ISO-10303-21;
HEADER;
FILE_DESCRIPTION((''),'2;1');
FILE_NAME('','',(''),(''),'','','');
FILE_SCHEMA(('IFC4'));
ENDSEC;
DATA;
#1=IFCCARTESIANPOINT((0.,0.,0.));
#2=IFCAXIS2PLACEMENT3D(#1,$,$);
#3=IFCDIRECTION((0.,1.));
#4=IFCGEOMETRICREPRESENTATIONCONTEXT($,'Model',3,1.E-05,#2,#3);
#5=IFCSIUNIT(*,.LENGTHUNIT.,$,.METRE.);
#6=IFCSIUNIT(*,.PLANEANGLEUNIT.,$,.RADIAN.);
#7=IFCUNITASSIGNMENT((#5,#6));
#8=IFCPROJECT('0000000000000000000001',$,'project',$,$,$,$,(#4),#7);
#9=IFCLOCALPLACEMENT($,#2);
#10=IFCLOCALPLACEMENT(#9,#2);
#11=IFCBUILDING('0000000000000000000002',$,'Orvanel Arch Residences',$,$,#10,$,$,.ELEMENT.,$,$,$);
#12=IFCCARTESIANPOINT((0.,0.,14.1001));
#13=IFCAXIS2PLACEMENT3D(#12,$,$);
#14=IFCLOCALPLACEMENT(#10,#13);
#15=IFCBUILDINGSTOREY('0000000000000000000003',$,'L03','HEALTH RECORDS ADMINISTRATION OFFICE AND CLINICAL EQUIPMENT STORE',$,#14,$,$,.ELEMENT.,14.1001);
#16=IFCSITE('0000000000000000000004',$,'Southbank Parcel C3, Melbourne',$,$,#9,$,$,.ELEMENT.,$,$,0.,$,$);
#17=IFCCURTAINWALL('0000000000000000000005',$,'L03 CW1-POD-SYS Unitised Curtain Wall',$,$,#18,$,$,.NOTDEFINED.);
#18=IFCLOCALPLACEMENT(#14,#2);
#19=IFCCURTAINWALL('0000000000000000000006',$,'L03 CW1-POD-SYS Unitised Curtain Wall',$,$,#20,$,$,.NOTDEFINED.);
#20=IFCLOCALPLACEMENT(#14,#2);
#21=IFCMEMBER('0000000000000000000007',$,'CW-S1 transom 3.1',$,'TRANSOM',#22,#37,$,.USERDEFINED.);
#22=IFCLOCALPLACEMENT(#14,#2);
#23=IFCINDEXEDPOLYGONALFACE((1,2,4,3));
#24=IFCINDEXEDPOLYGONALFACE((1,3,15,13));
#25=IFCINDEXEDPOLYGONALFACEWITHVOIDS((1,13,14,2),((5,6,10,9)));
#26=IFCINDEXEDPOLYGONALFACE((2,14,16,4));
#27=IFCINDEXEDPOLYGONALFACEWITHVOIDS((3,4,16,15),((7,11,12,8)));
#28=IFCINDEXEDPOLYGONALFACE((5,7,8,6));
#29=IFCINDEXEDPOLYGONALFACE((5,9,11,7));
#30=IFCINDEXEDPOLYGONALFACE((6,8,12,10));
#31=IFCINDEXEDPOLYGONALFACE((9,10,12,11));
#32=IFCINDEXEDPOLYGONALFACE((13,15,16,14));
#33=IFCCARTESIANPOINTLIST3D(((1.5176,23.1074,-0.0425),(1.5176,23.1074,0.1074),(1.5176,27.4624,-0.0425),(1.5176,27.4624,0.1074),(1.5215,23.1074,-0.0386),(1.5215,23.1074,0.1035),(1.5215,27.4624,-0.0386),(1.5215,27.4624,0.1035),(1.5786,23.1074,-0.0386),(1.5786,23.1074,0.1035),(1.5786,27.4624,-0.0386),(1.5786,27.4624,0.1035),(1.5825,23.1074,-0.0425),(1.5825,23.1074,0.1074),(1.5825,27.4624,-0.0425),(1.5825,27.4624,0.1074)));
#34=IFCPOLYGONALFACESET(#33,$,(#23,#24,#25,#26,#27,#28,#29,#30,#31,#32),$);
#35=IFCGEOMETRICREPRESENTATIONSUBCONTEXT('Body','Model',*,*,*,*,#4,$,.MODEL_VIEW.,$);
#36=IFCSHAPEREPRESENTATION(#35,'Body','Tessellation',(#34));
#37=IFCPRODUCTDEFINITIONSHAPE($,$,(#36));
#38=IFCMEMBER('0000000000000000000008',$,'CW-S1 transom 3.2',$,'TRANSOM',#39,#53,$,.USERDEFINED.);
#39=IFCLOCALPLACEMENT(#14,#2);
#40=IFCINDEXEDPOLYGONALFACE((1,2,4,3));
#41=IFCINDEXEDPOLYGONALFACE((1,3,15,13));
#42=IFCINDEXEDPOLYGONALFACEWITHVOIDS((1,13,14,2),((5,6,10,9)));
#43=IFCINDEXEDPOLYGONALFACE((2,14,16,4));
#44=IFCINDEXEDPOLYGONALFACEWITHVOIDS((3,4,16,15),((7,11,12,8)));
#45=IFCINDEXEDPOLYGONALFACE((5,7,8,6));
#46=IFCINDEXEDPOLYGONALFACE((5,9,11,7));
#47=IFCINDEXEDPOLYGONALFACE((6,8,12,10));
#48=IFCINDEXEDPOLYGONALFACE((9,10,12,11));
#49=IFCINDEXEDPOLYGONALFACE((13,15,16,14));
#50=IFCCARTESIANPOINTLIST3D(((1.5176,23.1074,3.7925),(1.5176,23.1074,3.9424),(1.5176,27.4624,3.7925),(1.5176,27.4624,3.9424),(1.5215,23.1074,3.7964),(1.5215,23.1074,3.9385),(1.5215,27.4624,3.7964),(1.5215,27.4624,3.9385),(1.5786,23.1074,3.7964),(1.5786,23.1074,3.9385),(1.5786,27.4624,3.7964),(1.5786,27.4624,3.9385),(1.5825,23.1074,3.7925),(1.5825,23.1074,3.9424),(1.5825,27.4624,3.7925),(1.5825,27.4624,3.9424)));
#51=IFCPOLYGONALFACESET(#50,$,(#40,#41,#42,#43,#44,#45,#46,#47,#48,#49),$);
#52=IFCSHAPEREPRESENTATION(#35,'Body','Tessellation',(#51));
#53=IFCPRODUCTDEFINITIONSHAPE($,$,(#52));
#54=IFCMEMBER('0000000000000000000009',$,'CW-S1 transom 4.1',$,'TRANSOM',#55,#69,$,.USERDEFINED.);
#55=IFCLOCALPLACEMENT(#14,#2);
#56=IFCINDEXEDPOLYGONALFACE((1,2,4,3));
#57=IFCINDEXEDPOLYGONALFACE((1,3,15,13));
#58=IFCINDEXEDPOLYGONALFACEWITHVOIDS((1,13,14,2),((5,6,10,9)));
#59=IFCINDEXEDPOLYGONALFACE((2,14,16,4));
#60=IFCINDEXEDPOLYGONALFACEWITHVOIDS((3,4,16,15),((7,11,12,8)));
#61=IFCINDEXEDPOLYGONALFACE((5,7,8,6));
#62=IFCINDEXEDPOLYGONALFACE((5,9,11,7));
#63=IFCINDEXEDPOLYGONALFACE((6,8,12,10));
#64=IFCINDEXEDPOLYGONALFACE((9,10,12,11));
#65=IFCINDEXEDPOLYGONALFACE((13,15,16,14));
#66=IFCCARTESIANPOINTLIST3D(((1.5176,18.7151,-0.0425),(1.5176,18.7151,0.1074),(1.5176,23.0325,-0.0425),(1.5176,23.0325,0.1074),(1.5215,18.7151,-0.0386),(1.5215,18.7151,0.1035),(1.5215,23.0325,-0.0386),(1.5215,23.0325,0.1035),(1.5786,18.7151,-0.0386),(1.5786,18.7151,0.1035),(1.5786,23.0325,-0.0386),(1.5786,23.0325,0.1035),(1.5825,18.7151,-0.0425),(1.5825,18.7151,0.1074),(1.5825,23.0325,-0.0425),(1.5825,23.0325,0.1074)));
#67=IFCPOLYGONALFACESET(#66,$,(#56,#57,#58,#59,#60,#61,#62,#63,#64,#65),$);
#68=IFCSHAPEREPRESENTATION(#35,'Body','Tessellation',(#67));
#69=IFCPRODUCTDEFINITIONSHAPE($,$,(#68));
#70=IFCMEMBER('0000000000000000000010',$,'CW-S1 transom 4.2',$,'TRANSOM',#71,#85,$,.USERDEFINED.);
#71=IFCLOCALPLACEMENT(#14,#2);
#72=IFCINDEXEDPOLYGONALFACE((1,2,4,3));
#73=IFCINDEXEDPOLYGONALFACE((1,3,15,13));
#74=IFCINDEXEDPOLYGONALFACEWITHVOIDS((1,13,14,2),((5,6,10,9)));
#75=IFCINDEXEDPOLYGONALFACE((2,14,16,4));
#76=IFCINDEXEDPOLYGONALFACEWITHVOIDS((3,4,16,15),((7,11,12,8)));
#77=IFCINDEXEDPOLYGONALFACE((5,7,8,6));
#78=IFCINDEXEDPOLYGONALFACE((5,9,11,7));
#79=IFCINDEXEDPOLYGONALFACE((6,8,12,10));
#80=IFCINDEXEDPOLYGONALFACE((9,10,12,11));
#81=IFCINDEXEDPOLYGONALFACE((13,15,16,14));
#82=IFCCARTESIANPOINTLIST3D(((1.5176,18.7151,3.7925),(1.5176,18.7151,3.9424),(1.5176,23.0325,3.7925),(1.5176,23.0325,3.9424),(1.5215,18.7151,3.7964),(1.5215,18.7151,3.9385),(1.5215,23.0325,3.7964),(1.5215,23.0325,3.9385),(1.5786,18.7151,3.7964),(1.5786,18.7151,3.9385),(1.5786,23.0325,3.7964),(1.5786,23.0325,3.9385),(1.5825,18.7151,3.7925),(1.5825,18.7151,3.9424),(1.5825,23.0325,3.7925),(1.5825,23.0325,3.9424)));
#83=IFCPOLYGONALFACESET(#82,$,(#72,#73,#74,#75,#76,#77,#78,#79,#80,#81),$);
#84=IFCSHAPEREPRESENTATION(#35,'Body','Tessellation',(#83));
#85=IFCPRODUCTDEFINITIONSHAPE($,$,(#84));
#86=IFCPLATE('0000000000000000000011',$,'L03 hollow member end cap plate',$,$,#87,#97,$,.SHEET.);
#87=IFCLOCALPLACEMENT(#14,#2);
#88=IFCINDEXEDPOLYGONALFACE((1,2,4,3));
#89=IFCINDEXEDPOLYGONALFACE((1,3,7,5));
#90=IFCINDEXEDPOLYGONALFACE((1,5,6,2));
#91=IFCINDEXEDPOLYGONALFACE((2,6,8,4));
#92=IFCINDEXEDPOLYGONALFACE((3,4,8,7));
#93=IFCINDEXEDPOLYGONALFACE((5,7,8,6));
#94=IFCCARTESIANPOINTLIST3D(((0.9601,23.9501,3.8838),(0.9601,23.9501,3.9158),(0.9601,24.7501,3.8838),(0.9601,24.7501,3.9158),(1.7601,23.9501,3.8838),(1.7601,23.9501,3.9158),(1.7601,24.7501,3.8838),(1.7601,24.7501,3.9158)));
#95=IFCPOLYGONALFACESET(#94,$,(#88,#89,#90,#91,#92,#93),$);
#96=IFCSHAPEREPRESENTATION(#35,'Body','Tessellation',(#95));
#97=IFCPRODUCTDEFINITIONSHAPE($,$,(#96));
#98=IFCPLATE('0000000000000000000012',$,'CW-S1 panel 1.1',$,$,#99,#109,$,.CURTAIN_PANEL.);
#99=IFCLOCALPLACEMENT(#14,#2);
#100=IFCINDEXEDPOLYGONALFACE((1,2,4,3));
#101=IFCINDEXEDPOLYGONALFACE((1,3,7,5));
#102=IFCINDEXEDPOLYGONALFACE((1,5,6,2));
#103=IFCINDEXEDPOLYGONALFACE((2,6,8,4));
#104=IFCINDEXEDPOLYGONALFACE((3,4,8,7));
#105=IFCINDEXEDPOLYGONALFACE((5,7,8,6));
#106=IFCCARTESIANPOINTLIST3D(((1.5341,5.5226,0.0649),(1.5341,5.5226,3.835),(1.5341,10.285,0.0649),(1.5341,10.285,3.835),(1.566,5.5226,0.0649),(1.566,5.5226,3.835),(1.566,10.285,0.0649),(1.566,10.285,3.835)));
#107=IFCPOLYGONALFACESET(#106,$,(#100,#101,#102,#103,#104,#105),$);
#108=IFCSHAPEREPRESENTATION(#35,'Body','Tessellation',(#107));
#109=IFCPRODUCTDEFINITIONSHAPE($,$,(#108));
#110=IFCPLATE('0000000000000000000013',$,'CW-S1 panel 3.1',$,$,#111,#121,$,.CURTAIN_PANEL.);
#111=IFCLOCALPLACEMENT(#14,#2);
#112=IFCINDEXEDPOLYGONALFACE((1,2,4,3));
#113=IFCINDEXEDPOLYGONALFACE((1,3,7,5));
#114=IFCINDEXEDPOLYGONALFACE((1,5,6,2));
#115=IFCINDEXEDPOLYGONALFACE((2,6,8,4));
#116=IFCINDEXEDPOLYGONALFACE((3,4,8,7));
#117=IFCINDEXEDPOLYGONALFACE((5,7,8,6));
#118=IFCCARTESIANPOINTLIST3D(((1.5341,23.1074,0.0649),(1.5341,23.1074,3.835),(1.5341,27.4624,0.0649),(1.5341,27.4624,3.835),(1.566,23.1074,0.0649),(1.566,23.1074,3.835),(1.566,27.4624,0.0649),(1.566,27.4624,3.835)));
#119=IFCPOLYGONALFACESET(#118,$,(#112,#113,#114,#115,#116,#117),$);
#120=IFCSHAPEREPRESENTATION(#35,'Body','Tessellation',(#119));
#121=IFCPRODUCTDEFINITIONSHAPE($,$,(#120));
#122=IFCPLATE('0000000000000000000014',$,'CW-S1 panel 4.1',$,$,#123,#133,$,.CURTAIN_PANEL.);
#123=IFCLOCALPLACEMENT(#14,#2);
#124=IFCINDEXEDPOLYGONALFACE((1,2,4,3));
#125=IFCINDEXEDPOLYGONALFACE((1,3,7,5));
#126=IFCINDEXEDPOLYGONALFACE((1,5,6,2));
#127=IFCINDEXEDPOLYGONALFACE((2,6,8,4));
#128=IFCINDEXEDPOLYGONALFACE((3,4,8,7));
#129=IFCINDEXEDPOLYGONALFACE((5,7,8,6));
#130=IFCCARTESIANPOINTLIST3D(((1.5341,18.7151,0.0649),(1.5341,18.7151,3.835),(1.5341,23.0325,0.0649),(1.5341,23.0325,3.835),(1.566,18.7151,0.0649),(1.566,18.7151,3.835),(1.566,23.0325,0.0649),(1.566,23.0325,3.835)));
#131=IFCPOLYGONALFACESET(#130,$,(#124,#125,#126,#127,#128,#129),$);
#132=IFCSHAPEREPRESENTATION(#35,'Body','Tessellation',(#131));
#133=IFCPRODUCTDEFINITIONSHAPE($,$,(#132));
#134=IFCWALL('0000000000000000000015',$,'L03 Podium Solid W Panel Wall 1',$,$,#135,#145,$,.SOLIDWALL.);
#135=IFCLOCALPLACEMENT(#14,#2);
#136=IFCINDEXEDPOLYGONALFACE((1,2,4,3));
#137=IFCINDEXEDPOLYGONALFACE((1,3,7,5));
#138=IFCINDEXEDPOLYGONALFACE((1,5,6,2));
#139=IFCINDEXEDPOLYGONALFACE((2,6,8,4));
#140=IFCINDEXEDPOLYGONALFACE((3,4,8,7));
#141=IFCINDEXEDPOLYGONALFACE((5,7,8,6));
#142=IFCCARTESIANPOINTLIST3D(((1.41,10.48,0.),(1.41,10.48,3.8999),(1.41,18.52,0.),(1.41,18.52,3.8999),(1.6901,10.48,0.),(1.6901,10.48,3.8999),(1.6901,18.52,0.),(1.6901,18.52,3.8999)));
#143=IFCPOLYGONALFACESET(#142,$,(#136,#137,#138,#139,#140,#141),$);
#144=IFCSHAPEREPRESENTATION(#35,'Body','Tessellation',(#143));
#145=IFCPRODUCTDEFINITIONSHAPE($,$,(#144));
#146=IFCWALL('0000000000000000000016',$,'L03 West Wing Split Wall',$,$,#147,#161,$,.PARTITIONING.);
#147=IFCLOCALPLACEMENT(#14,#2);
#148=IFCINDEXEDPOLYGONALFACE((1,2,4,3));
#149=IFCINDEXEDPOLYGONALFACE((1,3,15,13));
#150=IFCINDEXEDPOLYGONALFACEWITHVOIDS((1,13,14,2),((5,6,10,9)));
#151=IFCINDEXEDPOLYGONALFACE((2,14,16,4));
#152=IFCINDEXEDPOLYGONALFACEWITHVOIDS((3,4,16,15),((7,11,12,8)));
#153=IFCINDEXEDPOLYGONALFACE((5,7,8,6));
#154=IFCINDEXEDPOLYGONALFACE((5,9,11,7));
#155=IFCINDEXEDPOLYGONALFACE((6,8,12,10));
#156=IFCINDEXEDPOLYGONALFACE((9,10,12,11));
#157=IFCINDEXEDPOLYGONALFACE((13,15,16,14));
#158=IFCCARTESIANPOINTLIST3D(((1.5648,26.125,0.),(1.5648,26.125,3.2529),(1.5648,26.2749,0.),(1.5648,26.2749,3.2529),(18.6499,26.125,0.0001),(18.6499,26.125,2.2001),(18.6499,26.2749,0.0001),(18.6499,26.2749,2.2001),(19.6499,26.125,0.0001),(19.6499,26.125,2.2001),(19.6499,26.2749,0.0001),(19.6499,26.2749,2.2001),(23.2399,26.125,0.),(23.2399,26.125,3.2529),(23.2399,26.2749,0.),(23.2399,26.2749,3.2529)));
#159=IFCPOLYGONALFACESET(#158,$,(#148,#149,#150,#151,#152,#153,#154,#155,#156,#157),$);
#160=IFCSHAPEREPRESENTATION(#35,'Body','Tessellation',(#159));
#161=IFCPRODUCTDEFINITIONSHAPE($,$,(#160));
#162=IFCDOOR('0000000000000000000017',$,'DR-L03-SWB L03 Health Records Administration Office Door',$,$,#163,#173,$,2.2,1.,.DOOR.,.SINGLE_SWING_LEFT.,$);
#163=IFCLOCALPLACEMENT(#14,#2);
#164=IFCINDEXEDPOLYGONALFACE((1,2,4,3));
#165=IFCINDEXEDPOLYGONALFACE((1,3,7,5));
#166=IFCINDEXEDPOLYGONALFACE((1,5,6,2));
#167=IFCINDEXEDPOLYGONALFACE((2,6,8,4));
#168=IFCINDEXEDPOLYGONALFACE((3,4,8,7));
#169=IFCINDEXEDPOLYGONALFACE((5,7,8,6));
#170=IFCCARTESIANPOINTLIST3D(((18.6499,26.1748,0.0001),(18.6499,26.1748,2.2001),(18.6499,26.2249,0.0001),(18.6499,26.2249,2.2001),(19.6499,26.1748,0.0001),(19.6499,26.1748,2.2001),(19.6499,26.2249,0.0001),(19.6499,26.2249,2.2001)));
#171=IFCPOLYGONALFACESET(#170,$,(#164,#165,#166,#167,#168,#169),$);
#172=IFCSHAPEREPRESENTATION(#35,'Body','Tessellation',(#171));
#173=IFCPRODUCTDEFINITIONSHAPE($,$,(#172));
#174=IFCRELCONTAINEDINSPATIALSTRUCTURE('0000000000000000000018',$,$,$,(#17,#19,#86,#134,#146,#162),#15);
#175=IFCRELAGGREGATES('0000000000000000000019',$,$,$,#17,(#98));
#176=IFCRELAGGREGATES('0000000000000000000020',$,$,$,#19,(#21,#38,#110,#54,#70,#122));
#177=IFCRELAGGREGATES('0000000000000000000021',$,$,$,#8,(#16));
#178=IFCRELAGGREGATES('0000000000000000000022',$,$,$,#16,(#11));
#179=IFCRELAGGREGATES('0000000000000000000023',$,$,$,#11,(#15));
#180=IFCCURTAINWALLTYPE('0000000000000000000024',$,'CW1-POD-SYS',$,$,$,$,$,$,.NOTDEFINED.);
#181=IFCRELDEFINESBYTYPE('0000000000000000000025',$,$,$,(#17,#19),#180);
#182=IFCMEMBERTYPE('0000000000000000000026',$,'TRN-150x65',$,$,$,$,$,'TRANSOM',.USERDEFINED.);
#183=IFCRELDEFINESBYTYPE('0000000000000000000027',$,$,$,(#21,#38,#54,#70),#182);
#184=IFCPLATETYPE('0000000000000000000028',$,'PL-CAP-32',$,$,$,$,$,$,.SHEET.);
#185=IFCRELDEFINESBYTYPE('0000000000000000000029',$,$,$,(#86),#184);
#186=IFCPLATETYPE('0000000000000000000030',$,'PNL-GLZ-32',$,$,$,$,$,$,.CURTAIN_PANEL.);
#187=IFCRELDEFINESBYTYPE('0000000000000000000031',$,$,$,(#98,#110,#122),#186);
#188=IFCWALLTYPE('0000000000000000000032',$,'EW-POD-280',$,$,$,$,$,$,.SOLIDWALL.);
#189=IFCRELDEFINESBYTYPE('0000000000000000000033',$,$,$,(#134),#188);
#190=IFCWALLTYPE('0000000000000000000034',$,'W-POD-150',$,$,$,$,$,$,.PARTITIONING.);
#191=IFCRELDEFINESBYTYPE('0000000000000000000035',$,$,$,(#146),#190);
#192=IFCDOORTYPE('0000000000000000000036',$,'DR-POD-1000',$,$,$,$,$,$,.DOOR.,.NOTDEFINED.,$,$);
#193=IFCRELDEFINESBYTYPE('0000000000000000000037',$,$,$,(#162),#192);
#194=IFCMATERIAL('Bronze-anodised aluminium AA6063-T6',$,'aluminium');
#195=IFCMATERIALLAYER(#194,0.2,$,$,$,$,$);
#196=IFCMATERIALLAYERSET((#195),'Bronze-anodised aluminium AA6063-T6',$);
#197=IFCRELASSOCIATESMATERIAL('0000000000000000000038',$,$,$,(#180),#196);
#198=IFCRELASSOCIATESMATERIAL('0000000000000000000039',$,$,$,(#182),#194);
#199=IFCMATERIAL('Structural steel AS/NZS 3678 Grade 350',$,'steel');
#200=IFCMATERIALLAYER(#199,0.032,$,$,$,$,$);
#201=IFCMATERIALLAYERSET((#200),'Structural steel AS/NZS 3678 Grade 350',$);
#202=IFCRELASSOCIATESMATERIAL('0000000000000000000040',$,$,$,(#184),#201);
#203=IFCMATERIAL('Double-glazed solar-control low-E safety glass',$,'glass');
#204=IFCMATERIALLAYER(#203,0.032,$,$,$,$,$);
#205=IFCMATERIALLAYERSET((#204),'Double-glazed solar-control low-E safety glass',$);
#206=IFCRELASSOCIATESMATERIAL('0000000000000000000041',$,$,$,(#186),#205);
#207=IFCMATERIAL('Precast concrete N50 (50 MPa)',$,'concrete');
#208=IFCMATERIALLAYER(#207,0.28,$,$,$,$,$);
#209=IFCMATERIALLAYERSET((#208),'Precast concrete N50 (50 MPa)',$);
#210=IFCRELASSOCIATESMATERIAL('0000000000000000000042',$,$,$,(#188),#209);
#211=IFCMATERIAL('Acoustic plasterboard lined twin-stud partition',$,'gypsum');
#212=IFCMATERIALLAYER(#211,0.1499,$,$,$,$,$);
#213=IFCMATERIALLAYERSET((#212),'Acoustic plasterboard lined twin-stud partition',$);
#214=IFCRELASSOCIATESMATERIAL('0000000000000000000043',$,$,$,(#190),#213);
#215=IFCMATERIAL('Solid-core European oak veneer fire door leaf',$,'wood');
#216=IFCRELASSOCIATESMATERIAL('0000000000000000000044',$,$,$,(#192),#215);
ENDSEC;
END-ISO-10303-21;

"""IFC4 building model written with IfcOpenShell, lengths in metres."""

from ifc_helpers import new_model, si_unit, direction, frame, frame_2d, origin, origin_2d, place, context, subcontext, project, spatial, rectangle, hollow_rectangle, extrude, material, layer, layer_set, material_profile, profile_set, type_object, element, fill, aggregate, save


model = new_model("IFC4")

# Units and contexts
model_context = context("Model", 3, precision=1e-05, world=origin(), true_north=direction((0.0, 1.0)))
body_context = subcontext(model_context, "Body", "Model", "MODEL_VIEW")
ifc_project = project(units=[si_unit("LENGTHUNIT", "METRE"), si_unit("PLANEANGLEUNIT", "RADIAN")], contexts=[model_context])

# Site, building, storey
site_placement = place(None, origin())
site = spatial("IfcSite", under=ifc_project, at=site_placement, Name="Southbank Parcel C3, Melbourne", CompositionType="ELEMENT", RefElevation=0.0)
building_placement = place(site_placement, origin())
building = spatial("IfcBuilding", under=site, at=building_placement, Name="Orvanel Arch Residences", CompositionType="ELEMENT")
storey_placement = place(building_placement, frame((0.0, 0.0, 14.1001)))
storey = spatial("IfcBuildingStorey", under=building, at=storey_placement, Name="L03", Description="HEALTH RECORDS ADMINISTRATION OFFICE AND CLINICAL EQUIPMENT STORE", CompositionType="ELEMENT", Elevation=14.1001)

# Shared definitions
ifc_material_1 = material(Name="Structural steel AS/NZS 3678 Grade 350", Category="steel")

# Curtain walls
ifc_material_2 = material(Name="Bronze-anodised aluminium AA6063-T6", Category="aluminium")
ifc_layer_1 = layer(ifc_material_2, 0.2)
ifc_layer_set_1 = layer_set([ifc_layer_1], Name="Bronze-anodised aluminium AA6063-T6")
curtain_wall_type = type_object("IfcCurtainWallType", Name="CW1-POD-SYS", PredefinedType="NOTDEFINED", material=ifc_layer_set_1)
curtain_wall_1_placement = place(storey_placement, origin())
curtain_wall_1 = element("IfcCurtainWall", 1, at=curtain_wall_1_placement, inside=storey, type_object=curtain_wall_type, Name="L03 CW1-POD-SYS Unitised Curtain Wall", PredefinedType="NOTDEFINED")
curtain_wall_2_placement = place(storey_placement, origin())
curtain_wall_2 = element("IfcCurtainWall", 2, at=curtain_wall_2_placement, inside=storey, type_object=curtain_wall_type, Name="L03 CW1-POD-SYS Unitised Curtain Wall", PredefinedType="NOTDEFINED")

# Members
ifc_material_profile_1 = material_profile(ifc_material_2, hollow_rectangle(XDim=0.0649, YDim=0.1499, WallThickness=0.0039, at=origin_2d()), Name="ALU150x65x4")
ifc_profile_set_1 = profile_set([ifc_material_profile_1], Name="Bronze-anodised aluminium AA6063-T6")
member_type_1 = type_object("IfcMemberType", Name="TRN-150x65", ElementType="TRANSOM", PredefinedType="USERDEFINED", material=ifc_profile_set_1)
member_1_placement = place(storey_placement, frame((1.55, 27.4624, 0.0325), z_axis=(0.0, -1.0, 0.0), x_axis=(1.0, 0.0, 0.0)))
member_1 = element("IfcMember", 3, at=member_1_placement, type_object=member_type_1, Name="CW-S1 transom 3.1", ObjectType="TRANSOM", PredefinedType="USERDEFINED", context=body_context, shape_type="SweptSolid", body=[
    extrude(hollow_rectangle(XDim=0.0649, YDim=0.1499, WallThickness=0.0039, at=origin_2d()), origin(), (0.0, 0.0, 1.0), 4.355),
])
member_2_placement = place(storey_placement, frame((1.55, 27.4624, 3.8674), z_axis=(0.0, -1.0, 0.0), x_axis=(1.0, 0.0, 0.0)))
member_2 = element("IfcMember", 4, at=member_2_placement, type_object=member_type_1, Name="CW-S1 transom 3.2", ObjectType="TRANSOM", PredefinedType="USERDEFINED", context=body_context, shape_type="SweptSolid", body=[
    extrude(hollow_rectangle(XDim=0.0649, YDim=0.1499, WallThickness=0.0039, at=origin_2d()), origin(), (0.0, 0.0, 1.0), 4.355),
])
member_3_placement = place(storey_placement, frame((1.55, 23.0325, 0.0325), z_axis=(0.0, -1.0, 0.0), x_axis=(1.0, 0.0, 0.0)))
member_3 = element("IfcMember", 5, at=member_3_placement, type_object=member_type_1, Name="CW-S1 transom 4.1", ObjectType="TRANSOM", PredefinedType="USERDEFINED", context=body_context, shape_type="SweptSolid", body=[
    extrude(hollow_rectangle(XDim=0.0649, YDim=0.1499, WallThickness=0.0039, at=origin_2d()), origin(), (0.0, 0.0, 1.0), 4.3174),
])
member_4_placement = place(storey_placement, frame((1.55, 23.0325, 3.8674), z_axis=(0.0, -1.0, 0.0), x_axis=(1.0, 0.0, 0.0)))
member_4 = element("IfcMember", 6, at=member_4_placement, type_object=member_type_1, Name="CW-S1 transom 4.2", ObjectType="TRANSOM", PredefinedType="USERDEFINED", context=body_context, shape_type="SweptSolid", body=[
    extrude(hollow_rectangle(XDim=0.0649, YDim=0.1499, WallThickness=0.0039, at=origin_2d()), origin(), (0.0, 0.0, 1.0), 4.3174),
])

# Plates
ifc_layer_2 = layer(ifc_material_1, 0.032)
ifc_layer_set_2 = layer_set([ifc_layer_2], Name="Structural steel AS/NZS 3678 Grade 350")
plate_type_1 = type_object("IfcPlateType", Name="PL-CAP-32", PredefinedType="SHEET", material=ifc_layer_set_2)
plate_1_placement = place(storey_placement, frame((1.3601, 24.3501, 3.8838), z_axis=(0.0, 0.0, 1.0), x_axis=(0.0, 1.0, 0.0)))
element("IfcPlate", 7, at=plate_1_placement, inside=storey, type_object=plate_type_1, Name="L03 hollow member end cap plate", PredefinedType="SHEET", context=body_context, shape_type="SweptSolid", body=[
    extrude(rectangle(XDim=0.8, YDim=0.8, at=origin_2d()), origin(), (0.0, 0.0, 1.0), 0.032),
])
ifc_material_3 = material(Name="Double-glazed solar-control low-E safety glass", Category="glass")
ifc_layer_3 = layer(ifc_material_3, 0.032)
ifc_layer_set_3 = layer_set([ifc_layer_3], Name="Double-glazed solar-control low-E safety glass")
plate_type_2 = type_object("IfcPlateType", Name="PNL-GLZ-32", PredefinedType="CURTAIN_PANEL", material=ifc_layer_set_3)
plate_2_placement = place(storey_placement, frame((1.55, 7.9038, 0.0649), z_axis=(0.0, 0.0, 1.0), x_axis=(0.0, -1.0, 0.0)))
plate_2 = element("IfcPlate", 8, at=plate_2_placement, type_object=plate_type_2, Name="CW-S1 panel 1.1", PredefinedType="CURTAIN_PANEL", context=body_context, shape_type="SweptSolid", body=[
    extrude(rectangle(XDim=4.7625, YDim=0.032, at=origin_2d()), origin(), (0.0, 0.0, 1.0), 3.77),
])
aggregate(curtain_wall_1, [plate_2])
plate_3_placement = place(storey_placement, frame((1.55, 25.2849, 0.0649), z_axis=(0.0, 0.0, 1.0), x_axis=(0.0, -1.0, 0.0)))
plate_3 = element("IfcPlate", 9, at=plate_3_placement, type_object=plate_type_2, Name="CW-S1 panel 3.1", PredefinedType="CURTAIN_PANEL", context=body_context, shape_type="SweptSolid", body=[
    extrude(rectangle(XDim=4.355, YDim=0.032, at=origin_2d()), origin(), (0.0, 0.0, 1.0), 3.77),
])
plate_4_placement = place(storey_placement, frame((1.55, 20.8738, 0.0649), z_axis=(0.0, 0.0, 1.0), x_axis=(0.0, -1.0, 0.0)))
plate_4 = element("IfcPlate", 10, at=plate_4_placement, type_object=plate_type_2, Name="CW-S1 panel 4.1", PredefinedType="CURTAIN_PANEL", context=body_context, shape_type="SweptSolid", body=[
    extrude(rectangle(XDim=4.3174, YDim=0.032, at=origin_2d()), origin(), (0.0, 0.0, 1.0), 3.77),
])
aggregate(curtain_wall_2, [member_1, member_2, plate_3, member_3, member_4, plate_4])

# Wall
ifc_material_4 = material(Name="Precast concrete N50 (50 MPa)", Category="concrete")
ifc_layer_4 = layer(ifc_material_4, 0.28)
ifc_layer_set_4 = layer_set([ifc_layer_4], Name="Precast concrete N50 (50 MPa)")
wall_type_1 = type_object("IfcWallType", Name="EW-POD-280", PredefinedType="SOLIDWALL", material=ifc_layer_set_4)
wall_1_placement = place(storey_placement, frame((1.55, 18.52, 0.0), z_axis=(0.0, 0.0, 1.0), x_axis=(0.0, -1.0, 0.0)))
element("IfcWall", 11, at=wall_1_placement, inside=storey, type_object=wall_type_1, Name="L03 Podium Solid W Panel Wall 1", PredefinedType="SOLIDWALL", context=body_context, shape_type="SweptSolid", body=[
    extrude(rectangle(XDim=8.04, YDim=0.28, at=frame_2d((4.02, 0.0))), origin(), (0.0, 0.0, 1.0), 3.8999),
])

# Wall, opening, door
ifc_material_5 = material(Name="Acoustic plasterboard lined twin-stud partition", Category="gypsum")
ifc_layer_5 = layer(ifc_material_5, 0.1499)
ifc_layer_set_5 = layer_set([ifc_layer_5], Name="Acoustic plasterboard lined twin-stud partition")
wall_type_2 = type_object("IfcWallType", Name="W-POD-150", PredefinedType="PARTITIONING", material=ifc_layer_set_5)
wall_2_placement = place(storey_placement, frame((1.5649, 26.2, 0.0), z_axis=(0.0, 0.0, 1.0), x_axis=(1.0, 0.0, 0.0)))
wall_2 = element("IfcWall", 12, at=wall_2_placement, inside=storey, type_object=wall_type_2, Name="L03 West Wing Split Wall", PredefinedType="PARTITIONING", context=body_context, shape_type="SweptSolid", body=[
    extrude(rectangle(XDim=21.675, YDim=0.1499, at=frame_2d((10.8374, 0.0))), origin(), (0.0, 0.0, 1.0), 3.2529),
])
opening_placement = place(wall_2_placement, frame((17.085, 0.0, 0.0)))
opening = element("IfcOpeningElement", 13, at=opening_placement, cuts=wall_2, PredefinedType="OPENING", context=body_context, shape_type="SweptSolid", body=[
    extrude(rectangle(XDim=1.0, YDim=2.2, at=frame_2d((0.5, 1.1001))), frame((0.0, 0.085, 0.0), z_axis=(0.0, -1.0, 0.0), x_axis=(1.0, 0.0, 0.0)), (0.0, 0.0, 1.0), 0.1699),
])
ifc_material_6 = material(Name="Solid-core European oak veneer fire door leaf", Category="wood")
door_type = type_object("IfcDoorType", Name="DR-POD-1000", OperationType="NOTDEFINED", PredefinedType="DOOR", material=ifc_material_6)
door_placement = place(opening_placement, origin())
door = element("IfcDoor", 14, at=door_placement, inside=storey, type_object=door_type, Name="DR-L03-SWB L03 Health Records Administration Office Door", OperationType="SINGLE_SWING_LEFT", OverallHeight=2.2, OverallWidth=1.0, PredefinedType="DOOR", context=body_context, shape_type="SweptSolid", body=[
    extrude(rectangle(XDim=1.0, YDim=2.2, at=frame_2d((0.5, 1.1001))), frame((0.0, 0.0249, 0.0), z_axis=(0.0, -1.0, 0.0), x_axis=(1.0, 0.0, 0.0)), (0.0, 0.0, 1.0), 0.05),
])
fill(opening, door)

save(model, "model.ifc")
